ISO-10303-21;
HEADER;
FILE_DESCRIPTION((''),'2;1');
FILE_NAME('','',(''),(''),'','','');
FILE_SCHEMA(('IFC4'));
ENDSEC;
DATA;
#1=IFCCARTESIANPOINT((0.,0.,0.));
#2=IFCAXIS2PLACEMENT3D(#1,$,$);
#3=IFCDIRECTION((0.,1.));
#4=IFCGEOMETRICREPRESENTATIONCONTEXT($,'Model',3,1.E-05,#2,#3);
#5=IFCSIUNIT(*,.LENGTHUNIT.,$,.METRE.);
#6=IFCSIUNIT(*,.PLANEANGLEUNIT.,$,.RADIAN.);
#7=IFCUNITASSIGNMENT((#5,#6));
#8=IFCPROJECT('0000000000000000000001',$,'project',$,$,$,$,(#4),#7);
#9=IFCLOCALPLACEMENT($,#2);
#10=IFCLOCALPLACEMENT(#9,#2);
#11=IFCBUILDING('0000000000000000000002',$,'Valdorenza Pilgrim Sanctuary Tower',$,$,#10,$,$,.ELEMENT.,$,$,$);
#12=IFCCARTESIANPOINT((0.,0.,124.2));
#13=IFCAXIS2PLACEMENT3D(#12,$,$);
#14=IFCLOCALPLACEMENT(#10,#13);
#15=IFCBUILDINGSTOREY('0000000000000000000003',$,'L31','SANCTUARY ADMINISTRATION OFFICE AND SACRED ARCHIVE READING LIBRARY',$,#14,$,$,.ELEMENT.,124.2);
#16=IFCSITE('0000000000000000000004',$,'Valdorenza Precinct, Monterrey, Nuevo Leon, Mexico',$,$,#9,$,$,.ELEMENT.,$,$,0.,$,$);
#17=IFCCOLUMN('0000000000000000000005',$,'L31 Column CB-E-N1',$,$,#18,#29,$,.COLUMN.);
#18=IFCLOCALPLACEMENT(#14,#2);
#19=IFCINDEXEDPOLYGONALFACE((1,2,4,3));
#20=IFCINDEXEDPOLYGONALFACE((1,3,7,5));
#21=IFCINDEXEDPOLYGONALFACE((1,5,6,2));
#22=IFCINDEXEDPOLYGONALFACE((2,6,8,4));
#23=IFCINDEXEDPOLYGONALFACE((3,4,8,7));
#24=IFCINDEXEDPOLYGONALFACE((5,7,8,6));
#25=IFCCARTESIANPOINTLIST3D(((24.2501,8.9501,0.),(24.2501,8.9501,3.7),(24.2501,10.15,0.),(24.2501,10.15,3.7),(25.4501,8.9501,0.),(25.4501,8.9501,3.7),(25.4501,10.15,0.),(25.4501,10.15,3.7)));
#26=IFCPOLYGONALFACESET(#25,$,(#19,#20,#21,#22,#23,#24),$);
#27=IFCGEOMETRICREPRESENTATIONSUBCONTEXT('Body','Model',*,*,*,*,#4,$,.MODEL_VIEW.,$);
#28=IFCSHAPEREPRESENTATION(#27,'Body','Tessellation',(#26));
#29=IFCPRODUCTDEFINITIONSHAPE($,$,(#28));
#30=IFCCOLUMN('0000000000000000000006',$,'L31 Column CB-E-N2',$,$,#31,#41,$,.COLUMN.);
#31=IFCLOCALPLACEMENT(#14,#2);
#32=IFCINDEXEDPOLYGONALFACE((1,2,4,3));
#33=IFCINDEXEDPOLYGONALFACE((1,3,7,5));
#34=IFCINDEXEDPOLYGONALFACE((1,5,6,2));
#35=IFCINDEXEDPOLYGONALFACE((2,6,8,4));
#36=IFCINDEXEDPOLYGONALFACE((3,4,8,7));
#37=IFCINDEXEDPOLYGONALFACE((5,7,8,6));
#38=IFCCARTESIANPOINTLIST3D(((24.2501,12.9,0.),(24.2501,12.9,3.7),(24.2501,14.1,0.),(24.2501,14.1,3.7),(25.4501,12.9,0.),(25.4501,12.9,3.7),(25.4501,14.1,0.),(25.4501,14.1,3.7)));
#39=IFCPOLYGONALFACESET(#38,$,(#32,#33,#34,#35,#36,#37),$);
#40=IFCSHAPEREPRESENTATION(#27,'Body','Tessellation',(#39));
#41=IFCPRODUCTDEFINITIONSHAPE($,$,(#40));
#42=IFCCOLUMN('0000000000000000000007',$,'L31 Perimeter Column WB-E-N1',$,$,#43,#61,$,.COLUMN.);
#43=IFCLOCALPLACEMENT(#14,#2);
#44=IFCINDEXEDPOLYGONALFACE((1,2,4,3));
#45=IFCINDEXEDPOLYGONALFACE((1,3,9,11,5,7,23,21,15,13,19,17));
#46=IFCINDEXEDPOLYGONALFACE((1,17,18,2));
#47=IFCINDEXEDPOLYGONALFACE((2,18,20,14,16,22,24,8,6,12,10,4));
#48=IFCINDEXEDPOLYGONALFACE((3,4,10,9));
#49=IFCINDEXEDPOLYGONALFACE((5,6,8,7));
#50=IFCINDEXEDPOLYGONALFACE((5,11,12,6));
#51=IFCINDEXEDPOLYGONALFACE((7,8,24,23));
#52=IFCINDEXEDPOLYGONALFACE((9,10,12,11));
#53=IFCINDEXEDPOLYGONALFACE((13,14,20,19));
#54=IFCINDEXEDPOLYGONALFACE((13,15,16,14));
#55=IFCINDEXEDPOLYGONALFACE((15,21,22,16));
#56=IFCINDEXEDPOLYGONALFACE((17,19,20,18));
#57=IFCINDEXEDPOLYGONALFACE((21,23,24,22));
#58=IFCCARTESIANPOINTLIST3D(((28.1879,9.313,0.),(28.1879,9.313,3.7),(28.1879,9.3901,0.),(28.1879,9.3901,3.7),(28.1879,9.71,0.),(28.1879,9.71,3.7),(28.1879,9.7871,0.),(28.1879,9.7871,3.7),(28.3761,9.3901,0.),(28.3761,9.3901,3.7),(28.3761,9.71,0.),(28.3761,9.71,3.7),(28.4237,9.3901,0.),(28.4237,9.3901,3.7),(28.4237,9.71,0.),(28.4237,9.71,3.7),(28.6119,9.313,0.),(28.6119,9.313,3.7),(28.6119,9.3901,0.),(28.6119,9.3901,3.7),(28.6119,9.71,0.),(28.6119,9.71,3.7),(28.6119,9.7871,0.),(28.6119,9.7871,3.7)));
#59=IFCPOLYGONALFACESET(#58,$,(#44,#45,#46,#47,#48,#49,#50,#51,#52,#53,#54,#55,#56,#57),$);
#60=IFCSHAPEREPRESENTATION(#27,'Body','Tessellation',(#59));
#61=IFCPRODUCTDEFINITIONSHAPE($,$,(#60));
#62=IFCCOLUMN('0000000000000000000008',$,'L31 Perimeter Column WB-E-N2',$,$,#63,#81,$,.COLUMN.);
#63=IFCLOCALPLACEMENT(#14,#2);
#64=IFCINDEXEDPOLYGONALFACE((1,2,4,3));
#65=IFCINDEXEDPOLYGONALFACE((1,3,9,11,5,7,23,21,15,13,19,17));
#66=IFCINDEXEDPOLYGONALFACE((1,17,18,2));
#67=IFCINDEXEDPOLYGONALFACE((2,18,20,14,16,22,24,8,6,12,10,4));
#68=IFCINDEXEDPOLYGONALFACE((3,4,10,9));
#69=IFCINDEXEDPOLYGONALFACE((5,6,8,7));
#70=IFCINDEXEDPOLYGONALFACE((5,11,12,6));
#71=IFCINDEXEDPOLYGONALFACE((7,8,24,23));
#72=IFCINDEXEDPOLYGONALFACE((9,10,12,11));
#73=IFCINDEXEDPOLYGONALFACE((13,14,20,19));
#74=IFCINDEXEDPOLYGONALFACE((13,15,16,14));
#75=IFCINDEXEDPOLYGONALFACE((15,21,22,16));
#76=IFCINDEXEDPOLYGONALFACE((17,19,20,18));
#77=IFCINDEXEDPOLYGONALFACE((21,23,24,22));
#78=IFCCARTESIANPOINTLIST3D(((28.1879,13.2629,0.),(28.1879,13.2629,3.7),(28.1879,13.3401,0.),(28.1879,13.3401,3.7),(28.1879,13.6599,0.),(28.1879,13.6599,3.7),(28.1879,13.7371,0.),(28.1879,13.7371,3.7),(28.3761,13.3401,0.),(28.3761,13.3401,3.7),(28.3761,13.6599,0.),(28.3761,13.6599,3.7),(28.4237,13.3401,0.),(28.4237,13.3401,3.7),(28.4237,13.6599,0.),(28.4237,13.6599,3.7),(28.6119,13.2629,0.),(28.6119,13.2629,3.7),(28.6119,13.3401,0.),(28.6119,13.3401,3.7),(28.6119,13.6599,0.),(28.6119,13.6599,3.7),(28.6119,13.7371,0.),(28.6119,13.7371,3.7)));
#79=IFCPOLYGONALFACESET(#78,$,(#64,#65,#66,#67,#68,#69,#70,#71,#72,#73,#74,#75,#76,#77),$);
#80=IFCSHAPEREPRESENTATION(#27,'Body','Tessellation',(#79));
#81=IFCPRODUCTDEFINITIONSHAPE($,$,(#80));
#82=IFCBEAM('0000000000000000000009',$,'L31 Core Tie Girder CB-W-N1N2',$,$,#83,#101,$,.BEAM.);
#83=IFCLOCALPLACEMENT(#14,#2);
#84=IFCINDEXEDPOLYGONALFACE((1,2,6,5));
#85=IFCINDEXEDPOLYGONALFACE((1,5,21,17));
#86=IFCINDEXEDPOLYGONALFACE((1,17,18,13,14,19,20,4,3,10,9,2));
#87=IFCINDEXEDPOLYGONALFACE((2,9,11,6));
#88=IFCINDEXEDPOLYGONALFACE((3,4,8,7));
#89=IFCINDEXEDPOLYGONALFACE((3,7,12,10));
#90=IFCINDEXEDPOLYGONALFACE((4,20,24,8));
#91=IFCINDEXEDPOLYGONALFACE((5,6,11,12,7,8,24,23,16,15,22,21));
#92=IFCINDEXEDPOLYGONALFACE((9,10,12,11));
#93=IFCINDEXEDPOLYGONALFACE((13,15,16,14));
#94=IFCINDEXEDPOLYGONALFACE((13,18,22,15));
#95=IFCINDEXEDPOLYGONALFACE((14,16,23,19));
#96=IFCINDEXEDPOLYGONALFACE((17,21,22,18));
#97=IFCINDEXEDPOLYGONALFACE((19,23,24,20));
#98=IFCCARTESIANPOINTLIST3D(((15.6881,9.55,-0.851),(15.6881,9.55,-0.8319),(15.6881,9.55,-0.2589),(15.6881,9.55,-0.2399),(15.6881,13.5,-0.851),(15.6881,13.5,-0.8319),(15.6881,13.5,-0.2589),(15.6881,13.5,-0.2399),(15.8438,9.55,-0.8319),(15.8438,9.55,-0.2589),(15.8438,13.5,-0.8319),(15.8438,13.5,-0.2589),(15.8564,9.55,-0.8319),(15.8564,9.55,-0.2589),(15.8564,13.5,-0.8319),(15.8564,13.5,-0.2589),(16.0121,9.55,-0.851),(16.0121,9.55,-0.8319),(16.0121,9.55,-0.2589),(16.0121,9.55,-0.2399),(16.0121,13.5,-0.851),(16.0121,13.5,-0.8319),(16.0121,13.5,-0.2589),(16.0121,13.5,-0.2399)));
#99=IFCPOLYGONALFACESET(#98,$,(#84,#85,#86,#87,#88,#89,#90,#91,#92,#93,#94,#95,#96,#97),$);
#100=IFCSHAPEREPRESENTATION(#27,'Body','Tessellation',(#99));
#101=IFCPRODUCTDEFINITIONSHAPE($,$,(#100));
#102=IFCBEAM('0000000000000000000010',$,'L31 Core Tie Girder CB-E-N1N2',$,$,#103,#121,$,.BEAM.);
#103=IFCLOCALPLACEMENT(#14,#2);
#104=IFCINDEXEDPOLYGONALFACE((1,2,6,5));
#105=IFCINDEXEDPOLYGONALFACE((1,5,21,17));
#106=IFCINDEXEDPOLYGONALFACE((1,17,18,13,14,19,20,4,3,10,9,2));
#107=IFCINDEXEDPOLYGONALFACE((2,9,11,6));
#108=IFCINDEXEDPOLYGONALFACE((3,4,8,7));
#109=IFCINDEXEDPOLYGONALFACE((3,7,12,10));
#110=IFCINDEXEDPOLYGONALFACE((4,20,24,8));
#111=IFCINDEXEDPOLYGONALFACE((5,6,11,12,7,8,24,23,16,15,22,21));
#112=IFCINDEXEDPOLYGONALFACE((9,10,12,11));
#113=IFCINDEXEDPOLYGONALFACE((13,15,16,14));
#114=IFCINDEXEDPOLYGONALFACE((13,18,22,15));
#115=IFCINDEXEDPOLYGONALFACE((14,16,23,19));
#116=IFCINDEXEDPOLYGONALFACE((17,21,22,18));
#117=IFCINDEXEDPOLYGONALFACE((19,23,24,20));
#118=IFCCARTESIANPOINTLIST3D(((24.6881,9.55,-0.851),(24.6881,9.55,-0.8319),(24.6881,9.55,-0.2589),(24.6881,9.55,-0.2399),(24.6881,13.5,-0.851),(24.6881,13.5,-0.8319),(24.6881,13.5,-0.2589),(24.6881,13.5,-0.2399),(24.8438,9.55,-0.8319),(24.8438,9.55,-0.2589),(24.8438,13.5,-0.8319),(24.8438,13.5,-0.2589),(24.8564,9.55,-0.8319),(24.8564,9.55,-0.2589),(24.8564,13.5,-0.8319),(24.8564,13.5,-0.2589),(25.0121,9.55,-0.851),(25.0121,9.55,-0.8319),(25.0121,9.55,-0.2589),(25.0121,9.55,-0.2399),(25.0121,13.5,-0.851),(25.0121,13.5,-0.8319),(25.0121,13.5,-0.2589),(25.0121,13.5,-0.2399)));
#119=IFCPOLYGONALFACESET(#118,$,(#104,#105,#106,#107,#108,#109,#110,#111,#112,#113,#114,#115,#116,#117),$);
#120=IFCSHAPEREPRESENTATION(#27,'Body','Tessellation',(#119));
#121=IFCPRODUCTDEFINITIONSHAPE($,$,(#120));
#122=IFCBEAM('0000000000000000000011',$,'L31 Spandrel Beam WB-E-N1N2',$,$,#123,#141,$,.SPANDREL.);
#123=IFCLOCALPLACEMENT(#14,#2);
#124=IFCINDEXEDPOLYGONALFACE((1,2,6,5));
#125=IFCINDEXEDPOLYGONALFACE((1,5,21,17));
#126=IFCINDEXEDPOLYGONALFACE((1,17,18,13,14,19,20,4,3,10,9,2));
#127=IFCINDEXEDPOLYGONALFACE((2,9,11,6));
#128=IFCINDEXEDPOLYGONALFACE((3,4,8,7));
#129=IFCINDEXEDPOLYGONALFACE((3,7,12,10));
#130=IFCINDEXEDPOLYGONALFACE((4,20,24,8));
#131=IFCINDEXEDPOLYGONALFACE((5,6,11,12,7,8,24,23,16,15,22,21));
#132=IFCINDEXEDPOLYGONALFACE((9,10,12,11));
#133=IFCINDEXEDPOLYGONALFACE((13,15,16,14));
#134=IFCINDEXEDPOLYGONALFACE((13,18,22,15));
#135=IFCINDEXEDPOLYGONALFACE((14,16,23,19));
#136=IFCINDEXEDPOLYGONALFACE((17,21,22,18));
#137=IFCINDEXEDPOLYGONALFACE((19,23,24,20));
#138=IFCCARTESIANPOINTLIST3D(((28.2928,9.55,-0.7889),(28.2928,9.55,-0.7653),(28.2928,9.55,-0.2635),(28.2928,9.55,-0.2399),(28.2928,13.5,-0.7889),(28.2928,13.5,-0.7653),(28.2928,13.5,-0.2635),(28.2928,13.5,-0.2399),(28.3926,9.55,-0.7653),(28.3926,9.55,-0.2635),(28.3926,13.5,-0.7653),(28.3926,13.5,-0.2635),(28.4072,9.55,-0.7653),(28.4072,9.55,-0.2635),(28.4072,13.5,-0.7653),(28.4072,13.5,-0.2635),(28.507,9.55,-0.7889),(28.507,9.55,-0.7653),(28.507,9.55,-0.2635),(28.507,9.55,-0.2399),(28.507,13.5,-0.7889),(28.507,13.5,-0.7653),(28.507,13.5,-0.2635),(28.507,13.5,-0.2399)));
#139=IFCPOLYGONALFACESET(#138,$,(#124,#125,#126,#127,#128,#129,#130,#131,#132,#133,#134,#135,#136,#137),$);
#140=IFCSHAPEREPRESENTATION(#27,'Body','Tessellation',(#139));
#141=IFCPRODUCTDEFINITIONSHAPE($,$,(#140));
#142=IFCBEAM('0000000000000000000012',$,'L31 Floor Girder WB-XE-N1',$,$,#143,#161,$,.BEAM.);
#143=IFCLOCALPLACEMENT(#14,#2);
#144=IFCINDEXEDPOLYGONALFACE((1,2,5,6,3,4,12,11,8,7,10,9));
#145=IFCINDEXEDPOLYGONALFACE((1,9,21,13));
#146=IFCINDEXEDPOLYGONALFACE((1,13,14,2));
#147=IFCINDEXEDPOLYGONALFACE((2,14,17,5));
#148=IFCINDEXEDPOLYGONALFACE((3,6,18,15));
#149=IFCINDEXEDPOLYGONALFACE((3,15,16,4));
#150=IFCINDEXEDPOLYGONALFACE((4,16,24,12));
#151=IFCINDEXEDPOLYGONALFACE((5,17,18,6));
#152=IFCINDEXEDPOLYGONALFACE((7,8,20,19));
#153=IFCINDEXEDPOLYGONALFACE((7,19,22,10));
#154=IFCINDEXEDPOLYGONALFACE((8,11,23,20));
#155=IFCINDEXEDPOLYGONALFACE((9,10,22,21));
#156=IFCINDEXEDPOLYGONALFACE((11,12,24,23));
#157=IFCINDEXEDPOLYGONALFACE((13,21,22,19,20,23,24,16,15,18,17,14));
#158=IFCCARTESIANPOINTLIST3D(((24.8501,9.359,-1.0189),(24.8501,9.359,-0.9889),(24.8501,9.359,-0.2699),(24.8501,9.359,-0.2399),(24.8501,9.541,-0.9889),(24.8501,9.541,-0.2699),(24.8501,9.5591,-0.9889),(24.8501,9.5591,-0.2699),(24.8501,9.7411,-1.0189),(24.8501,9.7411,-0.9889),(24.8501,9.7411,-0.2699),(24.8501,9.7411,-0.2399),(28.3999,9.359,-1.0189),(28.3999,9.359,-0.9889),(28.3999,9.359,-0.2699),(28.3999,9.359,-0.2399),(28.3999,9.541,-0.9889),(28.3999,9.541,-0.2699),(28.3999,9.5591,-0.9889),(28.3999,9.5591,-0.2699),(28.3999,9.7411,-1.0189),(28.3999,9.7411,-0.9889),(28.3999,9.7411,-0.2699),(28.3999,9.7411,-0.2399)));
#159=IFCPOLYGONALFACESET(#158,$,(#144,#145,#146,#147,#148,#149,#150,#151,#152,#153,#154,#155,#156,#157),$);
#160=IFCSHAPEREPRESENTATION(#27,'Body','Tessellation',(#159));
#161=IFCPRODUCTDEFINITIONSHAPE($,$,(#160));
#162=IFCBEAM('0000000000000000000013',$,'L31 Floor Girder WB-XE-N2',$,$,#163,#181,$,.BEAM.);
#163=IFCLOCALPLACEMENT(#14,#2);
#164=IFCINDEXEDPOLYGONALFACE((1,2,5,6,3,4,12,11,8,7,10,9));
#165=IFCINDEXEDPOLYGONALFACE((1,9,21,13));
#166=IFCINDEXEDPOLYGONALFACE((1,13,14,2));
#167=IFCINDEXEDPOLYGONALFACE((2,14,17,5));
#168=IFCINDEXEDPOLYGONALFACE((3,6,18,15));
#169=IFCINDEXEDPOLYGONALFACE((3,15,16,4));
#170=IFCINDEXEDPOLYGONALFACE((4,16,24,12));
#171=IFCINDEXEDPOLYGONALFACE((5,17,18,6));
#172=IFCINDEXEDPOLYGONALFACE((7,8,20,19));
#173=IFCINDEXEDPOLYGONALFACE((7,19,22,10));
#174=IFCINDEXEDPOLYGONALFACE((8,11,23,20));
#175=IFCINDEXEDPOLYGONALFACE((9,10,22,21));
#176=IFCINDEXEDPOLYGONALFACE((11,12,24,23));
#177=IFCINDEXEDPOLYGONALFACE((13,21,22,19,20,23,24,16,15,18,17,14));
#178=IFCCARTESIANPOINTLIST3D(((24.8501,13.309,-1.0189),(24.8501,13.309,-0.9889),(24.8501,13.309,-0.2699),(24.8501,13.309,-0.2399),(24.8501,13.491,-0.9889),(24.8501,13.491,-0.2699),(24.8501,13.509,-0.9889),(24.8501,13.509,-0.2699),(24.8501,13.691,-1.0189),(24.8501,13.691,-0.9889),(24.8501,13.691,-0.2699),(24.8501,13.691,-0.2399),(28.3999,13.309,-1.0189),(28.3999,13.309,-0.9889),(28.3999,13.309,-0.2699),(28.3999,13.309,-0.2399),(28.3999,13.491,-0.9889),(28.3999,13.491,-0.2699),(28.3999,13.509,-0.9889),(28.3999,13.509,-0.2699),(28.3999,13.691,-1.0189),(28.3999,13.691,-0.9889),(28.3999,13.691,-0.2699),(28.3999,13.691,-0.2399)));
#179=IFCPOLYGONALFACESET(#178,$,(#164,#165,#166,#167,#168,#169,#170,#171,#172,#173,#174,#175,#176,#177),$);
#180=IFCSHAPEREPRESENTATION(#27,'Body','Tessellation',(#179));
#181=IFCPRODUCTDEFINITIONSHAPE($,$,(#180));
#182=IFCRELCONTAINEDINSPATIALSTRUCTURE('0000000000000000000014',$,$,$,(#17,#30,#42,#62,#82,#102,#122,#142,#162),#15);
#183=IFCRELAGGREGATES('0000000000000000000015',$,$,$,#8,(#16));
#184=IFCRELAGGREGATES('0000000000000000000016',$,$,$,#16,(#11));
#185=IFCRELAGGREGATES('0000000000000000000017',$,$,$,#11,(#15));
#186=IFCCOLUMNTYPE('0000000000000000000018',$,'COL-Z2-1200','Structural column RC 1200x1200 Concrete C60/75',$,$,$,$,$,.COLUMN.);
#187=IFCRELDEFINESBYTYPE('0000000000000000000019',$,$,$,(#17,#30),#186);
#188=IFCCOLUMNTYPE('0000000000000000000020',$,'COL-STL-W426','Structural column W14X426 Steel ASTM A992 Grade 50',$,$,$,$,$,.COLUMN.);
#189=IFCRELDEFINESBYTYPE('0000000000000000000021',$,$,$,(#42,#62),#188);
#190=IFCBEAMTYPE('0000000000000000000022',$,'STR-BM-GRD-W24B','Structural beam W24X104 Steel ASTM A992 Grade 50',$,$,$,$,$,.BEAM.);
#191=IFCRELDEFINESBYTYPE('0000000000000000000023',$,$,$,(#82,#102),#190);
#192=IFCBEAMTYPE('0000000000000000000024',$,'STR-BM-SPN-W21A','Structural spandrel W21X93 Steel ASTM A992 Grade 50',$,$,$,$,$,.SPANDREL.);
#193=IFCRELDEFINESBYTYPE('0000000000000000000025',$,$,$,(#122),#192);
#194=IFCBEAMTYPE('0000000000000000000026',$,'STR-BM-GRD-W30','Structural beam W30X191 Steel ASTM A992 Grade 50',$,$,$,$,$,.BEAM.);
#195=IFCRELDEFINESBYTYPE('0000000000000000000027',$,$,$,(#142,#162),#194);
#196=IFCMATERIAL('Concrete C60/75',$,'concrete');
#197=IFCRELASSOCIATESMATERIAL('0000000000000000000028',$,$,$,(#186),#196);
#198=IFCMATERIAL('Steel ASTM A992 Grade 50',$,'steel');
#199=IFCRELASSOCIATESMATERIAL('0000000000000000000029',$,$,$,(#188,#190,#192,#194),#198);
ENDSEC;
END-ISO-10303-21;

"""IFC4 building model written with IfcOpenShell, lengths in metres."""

from ifc_helpers import new_model, si_unit, direction, frame, origin, origin_2d, place, context, subcontext, project, spatial, rectangle, i_section, extrude, source, transform, mapped, material, material_profile, profile_set, type_object, element, save


model = new_model("IFC4")

# Units and contexts
model_context = context("Model", 3, precision=1e-05, world=origin(), true_north=direction((0.0, 1.0)))
body_context = subcontext(model_context, "Body", "Model", "MODEL_VIEW")
ifc_project = project(units=[si_unit("LENGTHUNIT", "METRE"), si_unit("PLANEANGLEUNIT", "RADIAN")], contexts=[model_context])

# Site, building, storey
site_placement = place(None, origin())
site = spatial("IfcSite", under=ifc_project, at=site_placement, Name="Valdorenza Precinct, Monterrey, Nuevo Leon, Mexico", CompositionType="ELEMENT", RefElevation=0.0)
building_placement = place(site_placement, origin())
building = spatial("IfcBuilding", under=site, at=building_placement, Name="Valdorenza Pilgrim Sanctuary Tower", CompositionType="ELEMENT")
storey_placement = place(building_placement, frame((0.0, 0.0, 124.2)))
storey = spatial("IfcBuildingStorey", under=building, at=storey_placement, Name="L31", Description="SANCTUARY ADMINISTRATION OFFICE AND SACRED ARCHIVE READING LIBRARY", CompositionType="ELEMENT", Elevation=124.2)

# Columns
ifc_material_1 = material(Name="Concrete C60/75", Category="concrete")
ifc_material_profile_1 = material_profile(ifc_material_1, rectangle(XDim=1.2, YDim=1.2, at=origin_2d()), Name="RC 1200x1200")
ifc_profile_set_1 = profile_set([ifc_material_profile_1], Name="Concrete C60/75")
column_type_1 = type_object("IfcColumnType", Name="COL-Z2-1200", Description="Structural column RC 1200x1200 Concrete C60/75", PredefinedType="COLUMN", material=ifc_profile_set_1)
shared_shape_1 = source(origin(), body_context, "Body", "SweptSolid", [
    extrude(rectangle(XDim=1.2, YDim=1.2, at=origin_2d()), origin(), (0.0, 0.0, 1.0), 3.7),
])
for number, where, z_axis, x_axis, name in (
    (1, (24.8501, 9.55, 0.0), (0.0, 0.0, 1.0), (1.0, 0.0, 0.0), "L31 Column CB-E-N1"),
    (2, (24.8501, 13.5, 0.0), (0.0, 0.0, 1.0), (1.0, 0.0, 0.0), "L31 Column CB-E-N2"),
):
    element("IfcColumn", number, at=place(storey_placement, frame(where, z_axis=z_axis, x_axis=x_axis)), inside=storey, type_object=column_type_1, Name=name, PredefinedType="COLUMN", context=body_context, shape_type="MappedRepresentation", body=[
        mapped(shared_shape_1, transform((0.0, 0.0, 0.0), x_axis=(1.0, 0.0, 0.0), y_axis=(0.0, 1.0, 0.0), z_axis=(0.0, 0.0, 1.0), scale=1.0)),
    ])
ifc_material_2 = material(Name="Steel ASTM A992 Grade 50", Category="steel")
ifc_material_profile_2 = material_profile(ifc_material_2, i_section(OverallWidth=0.4241, OverallDepth=0.4741, WebThickness=0.0476, FlangeThickness=0.0771, at=origin_2d()), Name="W14X426")
ifc_profile_set_2 = profile_set([ifc_material_profile_2], Name="Steel ASTM A992 Grade 50")
column_type_2 = type_object("IfcColumnType", Name="COL-STL-W426", Description="Structural column W14X426 Steel ASTM A992 Grade 50", PredefinedType="COLUMN", material=ifc_profile_set_2)
shared_shape_2 = source(origin(), body_context, "Body", "SweptSolid", [
    extrude(i_section(OverallWidth=0.4241, OverallDepth=0.4741, WebThickness=0.0476, FlangeThickness=0.0771, at=origin_2d()), origin(), (0.0, 0.0, 1.0), 3.7),
])
for number, where, z_axis, x_axis, name in (
    (3, (28.3999, 9.55, 0.0), (0.0, 0.0, 1.0), (1.0, 0.0, 0.0), "L31 Perimeter Column WB-E-N1"),
    (4, (28.3999, 13.5, 0.0), (0.0, 0.0, 1.0), (1.0, 0.0, 0.0), "L31 Perimeter Column WB-E-N2"),
):
    element("IfcColumn", number, at=place(storey_placement, frame(where, z_axis=z_axis, x_axis=x_axis)), inside=storey, type_object=column_type_2, Name=name, PredefinedType="COLUMN", context=body_context, shape_type="MappedRepresentation", body=[
        mapped(shared_shape_2, transform((0.0, 0.0, 0.0), x_axis=(1.0, 0.0, 0.0), y_axis=(0.0, 1.0, 0.0), z_axis=(0.0, 0.0, 1.0), scale=1.0)),
    ])

# Beams
ifc_material_profile_3 = material_profile(ifc_material_2, i_section(OverallWidth=0.324, OverallDepth=0.6111, WebThickness=0.0127, FlangeThickness=0.019, at=origin_2d()), Name="W24X104")
ifc_profile_set_3 = profile_set([ifc_material_profile_3], Name="Steel ASTM A992 Grade 50")
beam_type_1 = type_object("IfcBeamType", Name="STR-BM-GRD-W24B", Description="Structural beam W24X104 Steel ASTM A992 Grade 50", PredefinedType="BEAM", material=ifc_profile_set_3)
shared_shape_3 = source(origin(), body_context, "Body", "SweptSolid", [
    extrude(i_section(OverallWidth=0.324, OverallDepth=0.6111, WebThickness=0.0127, FlangeThickness=0.019, at=origin_2d()), origin(), (0.0, 0.0, 1.0), 3.95),
])
for number, where, z_axis, x_axis, name in (
    (5, (15.8501, 9.55, -0.5454), (0.0, 1.0, 0.0), (-1.0, 0.0, 0.0), "L31 Core Tie Girder CB-W-N1N2"),
    (6, (24.8501, 9.55, -0.5454), (0.0, 1.0, 0.0), (-1.0, 0.0, 0.0), "L31 Core Tie Girder CB-E-N1N2"),
):
    element("IfcBeam", number, at=place(storey_placement, frame(where, z_axis=z_axis, x_axis=x_axis)), inside=storey, type_object=beam_type_1, Name=name, PredefinedType="BEAM", context=body_context, shape_type="MappedRepresentation", body=[
        mapped(shared_shape_3, transform((0.0, 0.0, 0.0), x_axis=(1.0, 0.0, 0.0), y_axis=(0.0, 1.0, 0.0), z_axis=(0.0, 0.0, 1.0), scale=1.0)),
    ])
ifc_material_profile_4 = material_profile(ifc_material_2, i_section(OverallWidth=0.2141, OverallDepth=0.5491, WebThickness=0.0146, FlangeThickness=0.0237, at=origin_2d()), Name="W21X93")
ifc_profile_set_4 = profile_set([ifc_material_profile_4], Name="Steel ASTM A992 Grade 50")
beam_type_2 = type_object("IfcBeamType", Name="STR-BM-SPN-W21A", Description="Structural spandrel W21X93 Steel ASTM A992 Grade 50", PredefinedType="SPANDREL", material=ifc_profile_set_4)
shared_shape_4 = source(origin(), body_context, "Body", "SweptSolid", [
    extrude(i_section(OverallWidth=0.2141, OverallDepth=0.5491, WebThickness=0.0146, FlangeThickness=0.0237, at=origin_2d()), origin(), (0.0, 0.0, 1.0), 3.95),
])
beam_placement = place(storey_placement, frame((28.3999, 9.55, -0.5144), z_axis=(0.0, 1.0, 0.0), x_axis=(-1.0, 0.0, 0.0)))
element("IfcBeam", 7, at=beam_placement, inside=storey, type_object=beam_type_2, Name="L31 Spandrel Beam WB-E-N1N2", PredefinedType="SPANDREL", context=body_context, shape_type="MappedRepresentation", body=[
    mapped(shared_shape_4, transform((0.0, 0.0, 0.0), x_axis=(1.0, 0.0, 0.0), y_axis=(0.0, 1.0, 0.0), z_axis=(0.0, 0.0, 1.0), scale=1.0)),
])
ifc_material_profile_5 = material_profile(ifc_material_2, i_section(OverallWidth=0.3821, OverallDepth=0.7791, WebThickness=0.0181, FlangeThickness=0.03, at=origin_2d()), Name="W30X191")
ifc_profile_set_5 = profile_set([ifc_material_profile_5], Name="Steel ASTM A992 Grade 50")
beam_type_3 = type_object("IfcBeamType", Name="STR-BM-GRD-W30", Description="Structural beam W30X191 Steel ASTM A992 Grade 50", PredefinedType="BEAM", material=ifc_profile_set_5)
shared_shape_5 = source(origin(), body_context, "Body", "SweptSolid", [
    extrude(i_section(OverallWidth=0.3821, OverallDepth=0.7791, WebThickness=0.0181, FlangeThickness=0.03, at=origin_2d()), origin(), (0.0, 0.0, 1.0), 3.5498),
])
for number, where, z_axis, x_axis, name in (
    (8, (24.8501, 9.55, -0.6294), (1.0, 0.0, 0.0), (0.0, 1.0, 0.0), "L31 Floor Girder WB-XE-N1"),
    (9, (24.8501, 13.5, -0.6294), (1.0, 0.0, 0.0), (0.0, 1.0, 0.0), "L31 Floor Girder WB-XE-N2"),
):
    element("IfcBeam", number, at=place(storey_placement, frame(where, z_axis=z_axis, x_axis=x_axis)), inside=storey, type_object=beam_type_3, Name=name, PredefinedType="BEAM", context=body_context, shape_type="MappedRepresentation", body=[
        mapped(shared_shape_5, transform((0.0, 0.0, 0.0), x_axis=(1.0, 0.0, 0.0), y_axis=(0.0, 1.0, 0.0), z_axis=(0.0, 0.0, 1.0), scale=1.0)),
    ])

save(model, "model.ifc")
